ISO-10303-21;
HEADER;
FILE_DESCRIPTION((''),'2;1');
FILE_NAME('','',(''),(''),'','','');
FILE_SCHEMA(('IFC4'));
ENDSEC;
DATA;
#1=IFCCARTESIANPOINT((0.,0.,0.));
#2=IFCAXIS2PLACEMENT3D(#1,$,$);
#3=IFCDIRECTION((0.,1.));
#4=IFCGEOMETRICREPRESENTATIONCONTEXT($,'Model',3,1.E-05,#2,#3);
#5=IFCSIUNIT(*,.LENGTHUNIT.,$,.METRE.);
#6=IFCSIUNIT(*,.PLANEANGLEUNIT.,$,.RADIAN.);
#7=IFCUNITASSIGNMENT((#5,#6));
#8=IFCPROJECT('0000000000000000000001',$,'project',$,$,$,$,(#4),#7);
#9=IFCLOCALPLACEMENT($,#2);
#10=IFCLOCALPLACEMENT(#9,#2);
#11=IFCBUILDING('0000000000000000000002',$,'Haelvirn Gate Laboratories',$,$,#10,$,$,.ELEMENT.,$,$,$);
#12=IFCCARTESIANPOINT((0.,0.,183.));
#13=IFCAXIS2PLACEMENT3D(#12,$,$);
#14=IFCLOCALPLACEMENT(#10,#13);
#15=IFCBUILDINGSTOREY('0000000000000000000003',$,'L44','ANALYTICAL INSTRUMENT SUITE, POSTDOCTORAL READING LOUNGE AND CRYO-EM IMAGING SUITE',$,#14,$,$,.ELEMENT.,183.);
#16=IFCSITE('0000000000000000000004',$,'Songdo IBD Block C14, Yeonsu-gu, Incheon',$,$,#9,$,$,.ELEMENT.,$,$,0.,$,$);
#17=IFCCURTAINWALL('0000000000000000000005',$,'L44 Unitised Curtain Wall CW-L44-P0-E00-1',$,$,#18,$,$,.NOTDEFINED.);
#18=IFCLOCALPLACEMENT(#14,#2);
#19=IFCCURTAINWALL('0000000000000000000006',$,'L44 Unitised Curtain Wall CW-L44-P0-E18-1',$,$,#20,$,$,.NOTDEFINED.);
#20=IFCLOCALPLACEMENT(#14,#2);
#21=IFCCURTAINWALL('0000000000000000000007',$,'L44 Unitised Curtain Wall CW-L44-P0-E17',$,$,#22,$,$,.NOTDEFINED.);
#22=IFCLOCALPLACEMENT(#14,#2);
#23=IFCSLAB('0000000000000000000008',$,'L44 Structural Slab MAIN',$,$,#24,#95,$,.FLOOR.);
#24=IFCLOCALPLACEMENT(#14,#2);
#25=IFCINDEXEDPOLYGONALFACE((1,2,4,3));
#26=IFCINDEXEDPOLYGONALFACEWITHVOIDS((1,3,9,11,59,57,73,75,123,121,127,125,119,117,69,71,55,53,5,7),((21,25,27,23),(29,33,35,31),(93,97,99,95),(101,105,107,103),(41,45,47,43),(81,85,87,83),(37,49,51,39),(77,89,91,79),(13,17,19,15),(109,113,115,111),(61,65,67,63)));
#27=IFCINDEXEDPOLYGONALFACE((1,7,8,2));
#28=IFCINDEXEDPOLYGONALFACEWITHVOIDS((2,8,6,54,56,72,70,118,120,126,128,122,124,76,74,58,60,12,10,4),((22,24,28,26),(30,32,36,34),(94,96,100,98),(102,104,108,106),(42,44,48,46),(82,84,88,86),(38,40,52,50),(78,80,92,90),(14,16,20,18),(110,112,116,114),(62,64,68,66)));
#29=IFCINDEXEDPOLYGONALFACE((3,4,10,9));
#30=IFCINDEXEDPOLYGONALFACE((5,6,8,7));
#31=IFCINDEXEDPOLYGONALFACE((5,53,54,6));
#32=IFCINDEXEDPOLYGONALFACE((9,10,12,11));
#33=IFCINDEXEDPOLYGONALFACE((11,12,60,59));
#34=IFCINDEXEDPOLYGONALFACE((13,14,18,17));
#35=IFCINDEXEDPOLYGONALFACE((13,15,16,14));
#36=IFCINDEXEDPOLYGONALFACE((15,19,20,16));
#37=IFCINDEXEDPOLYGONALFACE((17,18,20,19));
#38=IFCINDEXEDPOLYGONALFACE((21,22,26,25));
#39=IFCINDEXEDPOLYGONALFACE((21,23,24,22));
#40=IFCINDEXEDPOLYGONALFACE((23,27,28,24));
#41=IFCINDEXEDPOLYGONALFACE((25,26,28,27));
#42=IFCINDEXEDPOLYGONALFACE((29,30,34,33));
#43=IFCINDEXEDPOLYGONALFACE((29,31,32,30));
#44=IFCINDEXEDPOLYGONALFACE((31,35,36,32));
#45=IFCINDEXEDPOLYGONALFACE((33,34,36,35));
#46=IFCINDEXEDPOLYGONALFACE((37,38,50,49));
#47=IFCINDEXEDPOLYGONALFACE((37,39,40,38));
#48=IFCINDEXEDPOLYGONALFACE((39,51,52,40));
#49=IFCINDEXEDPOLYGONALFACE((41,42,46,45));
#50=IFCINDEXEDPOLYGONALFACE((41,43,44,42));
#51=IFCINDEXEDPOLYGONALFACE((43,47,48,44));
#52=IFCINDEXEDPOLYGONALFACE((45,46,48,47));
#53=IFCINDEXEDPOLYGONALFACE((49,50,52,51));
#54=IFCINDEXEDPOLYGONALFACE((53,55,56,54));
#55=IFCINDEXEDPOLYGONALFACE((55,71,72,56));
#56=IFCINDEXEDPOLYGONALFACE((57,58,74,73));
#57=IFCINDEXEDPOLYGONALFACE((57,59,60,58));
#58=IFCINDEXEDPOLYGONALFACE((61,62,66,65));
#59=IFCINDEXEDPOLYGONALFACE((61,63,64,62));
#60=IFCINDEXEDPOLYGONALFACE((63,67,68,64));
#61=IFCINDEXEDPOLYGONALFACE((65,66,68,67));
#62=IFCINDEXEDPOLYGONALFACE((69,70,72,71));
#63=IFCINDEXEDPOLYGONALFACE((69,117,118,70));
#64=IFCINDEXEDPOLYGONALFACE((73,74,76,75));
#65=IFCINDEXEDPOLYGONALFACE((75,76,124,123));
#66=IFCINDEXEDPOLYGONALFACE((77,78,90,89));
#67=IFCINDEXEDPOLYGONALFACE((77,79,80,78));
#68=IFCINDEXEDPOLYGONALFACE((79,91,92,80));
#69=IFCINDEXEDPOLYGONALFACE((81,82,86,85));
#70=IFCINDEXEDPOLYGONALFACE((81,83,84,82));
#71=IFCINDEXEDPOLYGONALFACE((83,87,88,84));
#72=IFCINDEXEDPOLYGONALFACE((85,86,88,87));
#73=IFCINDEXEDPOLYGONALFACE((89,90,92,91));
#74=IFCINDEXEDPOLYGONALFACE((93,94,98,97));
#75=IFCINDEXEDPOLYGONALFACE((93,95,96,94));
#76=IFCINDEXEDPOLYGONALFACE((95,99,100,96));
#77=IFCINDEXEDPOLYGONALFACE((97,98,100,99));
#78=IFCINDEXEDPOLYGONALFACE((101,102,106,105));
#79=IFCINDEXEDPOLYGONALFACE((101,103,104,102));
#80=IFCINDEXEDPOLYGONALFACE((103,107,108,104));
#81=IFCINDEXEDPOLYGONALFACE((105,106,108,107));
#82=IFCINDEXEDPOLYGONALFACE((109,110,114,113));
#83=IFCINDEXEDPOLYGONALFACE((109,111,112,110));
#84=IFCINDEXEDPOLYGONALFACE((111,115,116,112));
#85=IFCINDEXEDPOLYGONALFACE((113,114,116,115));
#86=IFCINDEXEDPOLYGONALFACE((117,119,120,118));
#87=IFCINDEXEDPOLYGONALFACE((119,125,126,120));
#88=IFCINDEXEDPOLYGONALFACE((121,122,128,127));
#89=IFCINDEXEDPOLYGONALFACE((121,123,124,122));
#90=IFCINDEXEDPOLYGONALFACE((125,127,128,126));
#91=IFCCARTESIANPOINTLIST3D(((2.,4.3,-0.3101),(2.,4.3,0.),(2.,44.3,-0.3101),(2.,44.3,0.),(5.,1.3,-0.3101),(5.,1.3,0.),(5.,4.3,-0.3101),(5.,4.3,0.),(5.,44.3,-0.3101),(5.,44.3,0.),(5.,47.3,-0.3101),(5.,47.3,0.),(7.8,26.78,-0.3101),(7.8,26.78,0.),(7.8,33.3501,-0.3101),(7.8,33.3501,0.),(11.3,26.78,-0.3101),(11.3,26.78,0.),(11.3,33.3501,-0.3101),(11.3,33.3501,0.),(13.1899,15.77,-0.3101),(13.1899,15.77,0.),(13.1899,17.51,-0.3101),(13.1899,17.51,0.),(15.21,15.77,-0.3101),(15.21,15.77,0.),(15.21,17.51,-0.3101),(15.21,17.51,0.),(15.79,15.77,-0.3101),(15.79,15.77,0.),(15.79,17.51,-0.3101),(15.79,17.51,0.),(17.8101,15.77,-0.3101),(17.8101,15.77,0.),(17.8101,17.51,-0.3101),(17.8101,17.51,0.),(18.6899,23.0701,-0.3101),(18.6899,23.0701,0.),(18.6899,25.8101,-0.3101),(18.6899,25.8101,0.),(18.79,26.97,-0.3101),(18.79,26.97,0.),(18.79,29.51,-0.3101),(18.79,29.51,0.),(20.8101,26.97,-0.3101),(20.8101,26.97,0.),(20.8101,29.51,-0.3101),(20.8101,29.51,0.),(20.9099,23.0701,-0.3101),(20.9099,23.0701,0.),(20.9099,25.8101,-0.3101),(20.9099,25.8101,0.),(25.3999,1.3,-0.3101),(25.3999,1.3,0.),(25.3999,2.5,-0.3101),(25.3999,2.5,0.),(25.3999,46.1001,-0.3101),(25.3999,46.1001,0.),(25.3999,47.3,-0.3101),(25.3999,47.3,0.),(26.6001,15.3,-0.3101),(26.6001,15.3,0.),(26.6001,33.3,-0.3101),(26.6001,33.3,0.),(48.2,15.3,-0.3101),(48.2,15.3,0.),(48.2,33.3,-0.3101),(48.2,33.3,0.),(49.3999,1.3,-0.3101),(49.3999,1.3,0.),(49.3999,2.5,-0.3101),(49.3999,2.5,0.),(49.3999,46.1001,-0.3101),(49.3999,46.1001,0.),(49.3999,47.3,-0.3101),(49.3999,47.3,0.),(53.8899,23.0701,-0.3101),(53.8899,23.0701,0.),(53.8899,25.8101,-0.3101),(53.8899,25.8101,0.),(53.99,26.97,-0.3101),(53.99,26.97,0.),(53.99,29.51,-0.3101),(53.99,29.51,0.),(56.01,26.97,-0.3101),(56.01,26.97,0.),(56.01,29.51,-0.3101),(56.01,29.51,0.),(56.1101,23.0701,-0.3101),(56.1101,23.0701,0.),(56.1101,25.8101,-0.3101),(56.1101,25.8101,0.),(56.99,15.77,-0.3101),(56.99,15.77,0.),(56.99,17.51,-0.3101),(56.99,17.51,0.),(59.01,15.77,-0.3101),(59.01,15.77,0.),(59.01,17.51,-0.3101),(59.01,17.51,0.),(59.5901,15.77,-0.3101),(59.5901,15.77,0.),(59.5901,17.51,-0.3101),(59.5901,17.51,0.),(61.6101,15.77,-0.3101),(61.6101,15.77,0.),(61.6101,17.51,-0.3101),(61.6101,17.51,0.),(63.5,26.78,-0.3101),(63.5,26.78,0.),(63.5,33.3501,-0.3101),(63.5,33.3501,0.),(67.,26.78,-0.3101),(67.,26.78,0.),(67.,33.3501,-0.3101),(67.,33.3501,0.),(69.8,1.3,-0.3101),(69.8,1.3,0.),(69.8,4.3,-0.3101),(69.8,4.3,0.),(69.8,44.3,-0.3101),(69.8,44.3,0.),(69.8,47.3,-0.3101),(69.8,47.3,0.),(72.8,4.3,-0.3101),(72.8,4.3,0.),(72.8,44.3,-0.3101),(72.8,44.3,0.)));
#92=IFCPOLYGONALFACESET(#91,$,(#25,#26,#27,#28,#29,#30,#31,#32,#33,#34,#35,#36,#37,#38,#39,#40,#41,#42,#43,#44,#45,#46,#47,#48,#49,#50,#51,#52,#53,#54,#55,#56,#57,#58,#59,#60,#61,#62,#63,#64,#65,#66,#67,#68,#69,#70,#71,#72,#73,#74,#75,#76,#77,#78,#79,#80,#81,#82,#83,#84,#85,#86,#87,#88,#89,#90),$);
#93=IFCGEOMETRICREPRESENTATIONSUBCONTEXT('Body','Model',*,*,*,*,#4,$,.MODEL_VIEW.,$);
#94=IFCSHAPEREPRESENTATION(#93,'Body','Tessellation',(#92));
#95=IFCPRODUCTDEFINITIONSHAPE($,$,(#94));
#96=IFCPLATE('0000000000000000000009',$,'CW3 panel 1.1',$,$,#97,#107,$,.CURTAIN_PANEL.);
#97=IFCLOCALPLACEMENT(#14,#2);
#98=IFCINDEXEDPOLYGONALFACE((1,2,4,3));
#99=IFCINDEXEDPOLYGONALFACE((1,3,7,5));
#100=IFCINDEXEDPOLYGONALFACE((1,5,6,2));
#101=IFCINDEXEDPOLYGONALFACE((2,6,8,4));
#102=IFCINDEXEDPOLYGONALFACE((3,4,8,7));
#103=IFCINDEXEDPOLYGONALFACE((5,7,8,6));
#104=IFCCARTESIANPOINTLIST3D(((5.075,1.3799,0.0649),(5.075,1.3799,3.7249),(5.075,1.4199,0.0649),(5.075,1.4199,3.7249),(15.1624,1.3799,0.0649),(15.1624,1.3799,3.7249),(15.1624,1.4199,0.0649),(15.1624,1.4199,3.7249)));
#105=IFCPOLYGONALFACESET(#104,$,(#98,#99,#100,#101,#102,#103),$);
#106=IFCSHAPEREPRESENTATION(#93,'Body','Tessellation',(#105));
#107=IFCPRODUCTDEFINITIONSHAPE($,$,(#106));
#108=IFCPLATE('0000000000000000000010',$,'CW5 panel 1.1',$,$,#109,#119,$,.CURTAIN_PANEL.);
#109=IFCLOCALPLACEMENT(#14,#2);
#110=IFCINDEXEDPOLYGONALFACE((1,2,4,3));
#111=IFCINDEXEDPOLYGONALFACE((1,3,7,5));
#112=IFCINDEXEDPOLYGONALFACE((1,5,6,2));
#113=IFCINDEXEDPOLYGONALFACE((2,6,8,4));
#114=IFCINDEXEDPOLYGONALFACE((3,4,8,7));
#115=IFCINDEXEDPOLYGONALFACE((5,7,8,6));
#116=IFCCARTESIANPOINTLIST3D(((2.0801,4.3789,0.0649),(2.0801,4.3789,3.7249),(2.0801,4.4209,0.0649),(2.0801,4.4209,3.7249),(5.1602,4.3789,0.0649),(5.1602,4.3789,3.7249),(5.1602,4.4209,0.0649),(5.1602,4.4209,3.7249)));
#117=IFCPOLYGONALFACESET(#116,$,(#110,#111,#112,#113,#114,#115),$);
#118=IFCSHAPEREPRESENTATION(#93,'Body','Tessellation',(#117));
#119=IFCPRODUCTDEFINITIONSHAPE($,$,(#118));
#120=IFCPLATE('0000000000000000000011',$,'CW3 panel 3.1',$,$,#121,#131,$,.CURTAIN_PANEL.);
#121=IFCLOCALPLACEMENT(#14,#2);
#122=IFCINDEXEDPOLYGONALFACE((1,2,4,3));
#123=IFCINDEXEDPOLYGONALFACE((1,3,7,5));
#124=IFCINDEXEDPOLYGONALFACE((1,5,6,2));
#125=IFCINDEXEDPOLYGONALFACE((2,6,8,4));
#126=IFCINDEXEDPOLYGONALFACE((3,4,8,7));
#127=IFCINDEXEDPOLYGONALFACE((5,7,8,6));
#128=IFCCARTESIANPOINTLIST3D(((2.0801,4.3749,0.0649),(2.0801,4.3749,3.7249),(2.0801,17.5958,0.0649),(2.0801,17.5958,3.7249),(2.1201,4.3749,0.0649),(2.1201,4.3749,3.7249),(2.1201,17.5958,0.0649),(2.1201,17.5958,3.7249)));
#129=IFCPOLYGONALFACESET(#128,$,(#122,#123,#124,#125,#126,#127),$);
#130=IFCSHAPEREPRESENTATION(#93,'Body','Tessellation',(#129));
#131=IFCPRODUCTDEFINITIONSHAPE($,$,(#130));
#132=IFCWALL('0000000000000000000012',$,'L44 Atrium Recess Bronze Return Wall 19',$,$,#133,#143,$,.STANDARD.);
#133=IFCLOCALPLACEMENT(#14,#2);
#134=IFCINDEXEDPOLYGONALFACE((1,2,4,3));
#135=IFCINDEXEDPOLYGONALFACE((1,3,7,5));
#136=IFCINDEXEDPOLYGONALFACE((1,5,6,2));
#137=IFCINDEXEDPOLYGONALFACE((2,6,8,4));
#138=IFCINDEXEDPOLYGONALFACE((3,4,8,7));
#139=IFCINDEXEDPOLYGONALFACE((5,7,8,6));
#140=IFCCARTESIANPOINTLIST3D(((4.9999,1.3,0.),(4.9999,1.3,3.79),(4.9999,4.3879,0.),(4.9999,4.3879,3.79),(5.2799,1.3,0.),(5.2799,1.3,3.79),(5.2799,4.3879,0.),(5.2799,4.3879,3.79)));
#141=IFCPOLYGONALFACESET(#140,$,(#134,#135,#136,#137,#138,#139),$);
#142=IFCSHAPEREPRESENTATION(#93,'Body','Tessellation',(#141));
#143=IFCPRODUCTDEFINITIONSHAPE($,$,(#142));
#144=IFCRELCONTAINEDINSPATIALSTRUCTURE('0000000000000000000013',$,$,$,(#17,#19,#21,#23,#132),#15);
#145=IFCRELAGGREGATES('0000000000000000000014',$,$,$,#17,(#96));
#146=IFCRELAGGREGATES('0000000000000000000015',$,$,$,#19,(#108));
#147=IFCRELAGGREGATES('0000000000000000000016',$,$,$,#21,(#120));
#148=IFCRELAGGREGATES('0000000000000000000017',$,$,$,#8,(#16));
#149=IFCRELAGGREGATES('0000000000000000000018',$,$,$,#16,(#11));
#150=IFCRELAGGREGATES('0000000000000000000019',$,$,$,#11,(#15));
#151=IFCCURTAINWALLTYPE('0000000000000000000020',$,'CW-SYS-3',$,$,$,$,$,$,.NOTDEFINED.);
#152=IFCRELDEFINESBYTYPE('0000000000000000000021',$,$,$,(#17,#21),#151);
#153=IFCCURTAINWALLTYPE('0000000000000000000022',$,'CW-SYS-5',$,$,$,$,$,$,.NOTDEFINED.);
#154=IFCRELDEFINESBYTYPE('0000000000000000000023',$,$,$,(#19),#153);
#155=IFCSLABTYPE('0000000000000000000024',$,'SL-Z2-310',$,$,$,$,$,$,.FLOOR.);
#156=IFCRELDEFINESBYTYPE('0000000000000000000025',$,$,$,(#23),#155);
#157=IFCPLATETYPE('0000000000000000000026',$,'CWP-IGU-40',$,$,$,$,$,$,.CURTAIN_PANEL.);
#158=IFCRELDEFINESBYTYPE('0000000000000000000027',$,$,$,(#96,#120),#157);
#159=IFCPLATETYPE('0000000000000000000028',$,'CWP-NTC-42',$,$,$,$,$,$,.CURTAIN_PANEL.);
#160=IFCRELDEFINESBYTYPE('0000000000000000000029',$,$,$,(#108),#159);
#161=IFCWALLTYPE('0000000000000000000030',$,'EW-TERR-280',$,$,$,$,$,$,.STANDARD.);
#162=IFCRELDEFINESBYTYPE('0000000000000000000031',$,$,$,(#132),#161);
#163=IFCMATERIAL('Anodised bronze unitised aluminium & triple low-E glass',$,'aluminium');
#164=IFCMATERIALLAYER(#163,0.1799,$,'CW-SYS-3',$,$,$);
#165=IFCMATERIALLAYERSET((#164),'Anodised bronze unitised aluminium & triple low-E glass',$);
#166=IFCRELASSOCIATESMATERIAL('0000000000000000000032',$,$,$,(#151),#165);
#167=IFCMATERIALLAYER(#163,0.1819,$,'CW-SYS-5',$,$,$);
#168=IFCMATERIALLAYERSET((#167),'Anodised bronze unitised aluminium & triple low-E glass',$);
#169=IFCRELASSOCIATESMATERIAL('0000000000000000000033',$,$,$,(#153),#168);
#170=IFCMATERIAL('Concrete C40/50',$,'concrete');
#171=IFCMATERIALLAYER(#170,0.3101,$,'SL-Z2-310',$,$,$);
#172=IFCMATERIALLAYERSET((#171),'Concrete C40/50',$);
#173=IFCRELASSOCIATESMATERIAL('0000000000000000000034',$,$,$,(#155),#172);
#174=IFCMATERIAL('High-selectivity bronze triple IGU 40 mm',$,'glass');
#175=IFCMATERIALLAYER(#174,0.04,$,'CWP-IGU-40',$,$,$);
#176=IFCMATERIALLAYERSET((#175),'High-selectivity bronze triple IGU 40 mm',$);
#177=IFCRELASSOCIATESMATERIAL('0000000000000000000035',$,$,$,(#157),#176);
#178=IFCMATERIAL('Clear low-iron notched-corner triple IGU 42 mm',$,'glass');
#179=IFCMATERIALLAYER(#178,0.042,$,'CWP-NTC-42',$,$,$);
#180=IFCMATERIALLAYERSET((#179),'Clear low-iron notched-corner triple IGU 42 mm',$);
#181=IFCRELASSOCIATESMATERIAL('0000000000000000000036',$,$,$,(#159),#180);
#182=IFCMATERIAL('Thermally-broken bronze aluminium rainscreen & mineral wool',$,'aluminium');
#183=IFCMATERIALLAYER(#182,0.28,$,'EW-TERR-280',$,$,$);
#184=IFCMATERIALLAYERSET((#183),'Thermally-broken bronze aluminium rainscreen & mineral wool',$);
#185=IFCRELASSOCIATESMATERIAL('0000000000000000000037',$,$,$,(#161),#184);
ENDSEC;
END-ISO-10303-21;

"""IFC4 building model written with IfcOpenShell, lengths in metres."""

from ifc_helpers import new_model, si_unit, direction, frame, frame_2d, origin, origin_2d, place, context, subcontext, project, spatial, polyline, rectangle, outline, extrude, source, transform, mapped, material, layer, layer_set, type_object, type_shapes, element, aggregate, save


model = new_model("IFC4")

# Units and contexts
model_context = context("Model", 3, precision=1e-05, world=origin(), true_north=direction((0.0, 1.0)))
body_context = subcontext(model_context, "Body", "Model", "MODEL_VIEW")
ifc_project = project(units=[si_unit("LENGTHUNIT", "METRE"), si_unit("PLANEANGLEUNIT", "RADIAN")], contexts=[model_context])

# Site, building, storey
site_placement = place(None, origin())
site = spatial("IfcSite", under=ifc_project, at=site_placement, Name="Songdo IBD Block C14, Yeonsu-gu, Incheon", CompositionType="ELEMENT", RefElevation=0.0)
building_placement = place(site_placement, origin())
building = spatial("IfcBuilding", under=site, at=building_placement, Name="Haelvirn Gate Laboratories", CompositionType="ELEMENT")
storey_placement = place(building_placement, frame((0.0, 0.0, 183.0)))
storey = spatial("IfcBuildingStorey", under=building, at=storey_placement, Name="L44", Description="ANALYTICAL INSTRUMENT SUITE, POSTDOCTORAL READING LOUNGE AND CRYO-EM IMAGING SUITE", CompositionType="ELEMENT", Elevation=183.0)

# Curtain walls
ifc_material_1 = material(Name="Anodised bronze unitised aluminium & triple low-E glass", Category="aluminium")
ifc_layer_1 = layer(ifc_material_1, 0.1799, Name="CW-SYS-3")
ifc_layer_set_1 = layer_set([ifc_layer_1], Name="Anodised bronze unitised aluminium & triple low-E glass")
curtain_wall_type_1 = type_object("IfcCurtainWallType", Name="CW-SYS-3", PredefinedType="NOTDEFINED", material=ifc_layer_set_1)
curtain_wall_1_placement = place(storey_placement, origin())
curtain_wall_1 = element("IfcCurtainWall", 1, at=curtain_wall_1_placement, inside=storey, type_object=curtain_wall_type_1, Name="L44 Unitised Curtain Wall CW-L44-P0-E00-1", PredefinedType="NOTDEFINED")
ifc_layer_2 = layer(ifc_material_1, 0.1819, Name="CW-SYS-5")
ifc_layer_set_2 = layer_set([ifc_layer_2], Name="Anodised bronze unitised aluminium & triple low-E glass")
curtain_wall_type_2 = type_object("IfcCurtainWallType", Name="CW-SYS-5", PredefinedType="NOTDEFINED", material=ifc_layer_set_2)
curtain_wall_2_placement = place(storey_placement, origin())
curtain_wall_2 = element("IfcCurtainWall", 2, at=curtain_wall_2_placement, inside=storey, type_object=curtain_wall_type_2, Name="L44 Unitised Curtain Wall CW-L44-P0-E18-1", PredefinedType="NOTDEFINED")

# Curtain wall
curtain_wall_3_placement = place(storey_placement, origin())
curtain_wall_3 = element("IfcCurtainWall", 3, at=curtain_wall_3_placement, inside=storey, type_object=curtain_wall_type_1, Name="L44 Unitised Curtain Wall CW-L44-P0-E17", PredefinedType="NOTDEFINED")

# Shared definitions
ifc_material_2 = material(Name="Concrete C40/50", Category="concrete")

# Slab
ifc_layer_3 = layer(ifc_material_2, 0.3101, Name="SL-Z2-310")
ifc_layer_set_3 = layer_set([ifc_layer_3], Name="Concrete C40/50")
slab_type_1 = type_object("IfcSlabType", Name="SL-Z2-310", PredefinedType="FLOOR", material=ifc_layer_set_3)
slab_1_placement = place(storey_placement, frame((0.0, 0.0, -0.3101)))
element("IfcSlab", 4, at=slab_1_placement, inside=storey, type_object=slab_type_1, Name="L44 Structural Slab MAIN", PredefinedType="FLOOR", context=body_context, shape_type="SweptSolid", body=[
    extrude(outline(polyline([(5.0, 1.3), (25.3999, 1.3), (25.3999, 2.5), (49.3999, 2.5), (49.3999, 1.3), (69.8, 1.3), (69.8, 4.3), (72.8, 4.3), (72.8, 44.3), (69.8, 44.3), (69.8, 47.3), (49.3999, 47.3), (49.3999, 46.1001), (25.3999, 46.1001), (25.3999, 47.3), (5.0, 47.3), (5.0, 44.3), (2.0, 44.3), (2.0, 4.3), (5.0, 4.3), (5.0, 1.3)]), holes=[polyline([(26.6001, 15.3), (48.2, 15.3), (48.2, 33.3), (26.6001, 33.3), (26.6001, 15.3)]), polyline([(11.3, 26.78), (11.3, 33.3501), (7.8, 33.3501), (7.8, 26.78), (11.3, 26.78)]), polyline([(67.0, 26.78), (67.0, 33.3501), (63.5, 33.3501), (63.5, 26.78), (67.0, 26.78)]), polyline([(13.1899, 15.77), (15.21, 15.77), (15.21, 17.51), (13.1899, 17.51), (13.1899, 15.77)]), polyline([(15.79, 15.77), (17.8101, 15.77), (17.8101, 17.51), (15.79, 17.51), (15.79, 15.77)]), polyline([(18.79, 26.97), (20.8101, 26.97), (20.8101, 29.51), (18.79, 29.51), (18.79, 26.97)]), polyline([(18.6899, 23.0701), (20.9099, 23.0701), (20.9099, 25.8101), (18.6899, 25.8101), (18.6899, 23.0701)]), polyline([(59.5901, 15.77), (61.6101, 15.77), (61.6101, 17.51), (59.5901, 17.51), (59.5901, 15.77)]), polyline([(56.99, 15.77), (59.01, 15.77), (59.01, 17.51), (56.99, 17.51), (56.99, 15.77)]), polyline([(53.99, 26.97), (56.01, 26.97), (56.01, 29.51), (53.99, 29.51), (53.99, 26.97)]), polyline([(53.8899, 23.0701), (56.1101, 23.0701), (56.1101, 25.8101), (53.8899, 25.8101), (53.8899, 23.0701)])]), origin(), (0.0, 0.0, 1.0), 0.3101),
])

# Plates
ifc_material_3 = material(Name="High-selectivity bronze triple IGU 40 mm", Category="glass")
ifc_layer_4 = layer(ifc_material_3, 0.04, Name="CWP-IGU-40")
ifc_layer_set_4 = layer_set([ifc_layer_4], Name="High-selectivity bronze triple IGU 40 mm")
plate_type_1 = type_object("IfcPlateType", Name="CWP-IGU-40", PredefinedType="CURTAIN_PANEL", material=ifc_layer_set_4)
shared_shape_1 = source(origin(), body_context, "Body", "SweptSolid", [
    extrude(rectangle(XDim=10.0874, YDim=0.04, at=origin_2d()), origin(), (0.0, 0.0, 1.0), 3.6599),
])
plate_1_placement = place(storey_placement, frame((10.1187, 1.3999, 0.0649), z_axis=(0.0, 0.0, 1.0), x_axis=(1.0, 0.0, 0.0)))
plate_1 = element("IfcPlate", 5, at=plate_1_placement, type_object=plate_type_1, Name="CW3 panel 1.1", PredefinedType="CURTAIN_PANEL", context=body_context, shape_type="MappedRepresentation", body=[
    mapped(shared_shape_1, transform((0.0, 0.0, 0.0), scale=1.0)),
])
aggregate(curtain_wall_1, [plate_1])
ifc_material_4 = material(Name="Clear low-iron notched-corner triple IGU 42 mm", Category="glass")
ifc_layer_5 = layer(ifc_material_4, 0.042, Name="CWP-NTC-42")
ifc_layer_set_5 = layer_set([ifc_layer_5], Name="Clear low-iron notched-corner triple IGU 42 mm")
plate_type_2 = type_object("IfcPlateType", Name="CWP-NTC-42", PredefinedType="CURTAIN_PANEL", material=ifc_layer_set_5)
shared_shape_2 = source(origin(), body_context, "Body", "SweptSolid", [
    extrude(rectangle(XDim=3.0801, YDim=0.042, at=origin_2d()), origin(), (0.0, 0.0, 1.0), 3.6599),
])
type_shapes(plate_type_2, [shared_shape_2])
plate_2_placement = place(storey_placement, frame((3.6201, 4.3999, 0.0649), z_axis=(0.0, 0.0, 1.0), x_axis=(1.0, 0.0, 0.0)))
plate_2 = element("IfcPlate", 6, at=plate_2_placement, type_object=plate_type_2, Name="CW5 panel 1.1", PredefinedType="CURTAIN_PANEL", context=body_context, shape_type="MappedRepresentation", body=[
    mapped(shared_shape_2, transform((0.0, 0.0, 0.0), scale=1.0)),
])
aggregate(curtain_wall_2, [plate_2])
shared_shape_3 = source(origin(), body_context, "Body", "SweptSolid", [
    extrude(rectangle(XDim=13.2209, YDim=0.04, at=origin_2d()), origin(), (0.0, 0.0, 1.0), 3.6599),
])
type_shapes(plate_type_1, [shared_shape_1, shared_shape_3])
plate_3_placement = place(storey_placement, frame((2.1001, 10.9854, 0.0649), z_axis=(0.0, 0.0, 1.0), x_axis=(0.0, -1.0, 0.0)))
plate_3 = element("IfcPlate", 7, at=plate_3_placement, type_object=plate_type_1, Name="CW3 panel 3.1", PredefinedType="CURTAIN_PANEL", context=body_context, shape_type="MappedRepresentation", body=[
    mapped(shared_shape_3, transform((0.0, 0.0, 0.0), scale=1.0)),
])
aggregate(curtain_wall_3, [plate_3])

# Wall
ifc_material_5 = material(Name="Thermally-broken bronze aluminium rainscreen & mineral wool", Category="aluminium")
ifc_layer_6 = layer(ifc_material_5, 0.28, Name="EW-TERR-280")
ifc_layer_set_6 = layer_set([ifc_layer_6], Name="Thermally-broken bronze aluminium rainscreen & mineral wool")
wall_type = type_object("IfcWallType", Name="EW-TERR-280", PredefinedType="STANDARD", material=ifc_layer_set_6)
wall_placement = place(storey_placement, frame((5.1399, 4.3879, 0.0), z_axis=(0.0, 0.0, 1.0), x_axis=(0.0, -1.0, 0.0)))
element("IfcWall", 8, at=wall_placement, inside=storey, type_object=wall_type, Name="L44 Atrium Recess Bronze Return Wall 19", PredefinedType="STANDARD", context=body_context, shape_type="SweptSolid", body=[
    extrude(rectangle(XDim=3.0879, YDim=0.28, at=frame_2d((1.5439, 0.0))), origin(), (0.0, 0.0, 1.0), 3.79),
])

save(model, "model.ifc")
